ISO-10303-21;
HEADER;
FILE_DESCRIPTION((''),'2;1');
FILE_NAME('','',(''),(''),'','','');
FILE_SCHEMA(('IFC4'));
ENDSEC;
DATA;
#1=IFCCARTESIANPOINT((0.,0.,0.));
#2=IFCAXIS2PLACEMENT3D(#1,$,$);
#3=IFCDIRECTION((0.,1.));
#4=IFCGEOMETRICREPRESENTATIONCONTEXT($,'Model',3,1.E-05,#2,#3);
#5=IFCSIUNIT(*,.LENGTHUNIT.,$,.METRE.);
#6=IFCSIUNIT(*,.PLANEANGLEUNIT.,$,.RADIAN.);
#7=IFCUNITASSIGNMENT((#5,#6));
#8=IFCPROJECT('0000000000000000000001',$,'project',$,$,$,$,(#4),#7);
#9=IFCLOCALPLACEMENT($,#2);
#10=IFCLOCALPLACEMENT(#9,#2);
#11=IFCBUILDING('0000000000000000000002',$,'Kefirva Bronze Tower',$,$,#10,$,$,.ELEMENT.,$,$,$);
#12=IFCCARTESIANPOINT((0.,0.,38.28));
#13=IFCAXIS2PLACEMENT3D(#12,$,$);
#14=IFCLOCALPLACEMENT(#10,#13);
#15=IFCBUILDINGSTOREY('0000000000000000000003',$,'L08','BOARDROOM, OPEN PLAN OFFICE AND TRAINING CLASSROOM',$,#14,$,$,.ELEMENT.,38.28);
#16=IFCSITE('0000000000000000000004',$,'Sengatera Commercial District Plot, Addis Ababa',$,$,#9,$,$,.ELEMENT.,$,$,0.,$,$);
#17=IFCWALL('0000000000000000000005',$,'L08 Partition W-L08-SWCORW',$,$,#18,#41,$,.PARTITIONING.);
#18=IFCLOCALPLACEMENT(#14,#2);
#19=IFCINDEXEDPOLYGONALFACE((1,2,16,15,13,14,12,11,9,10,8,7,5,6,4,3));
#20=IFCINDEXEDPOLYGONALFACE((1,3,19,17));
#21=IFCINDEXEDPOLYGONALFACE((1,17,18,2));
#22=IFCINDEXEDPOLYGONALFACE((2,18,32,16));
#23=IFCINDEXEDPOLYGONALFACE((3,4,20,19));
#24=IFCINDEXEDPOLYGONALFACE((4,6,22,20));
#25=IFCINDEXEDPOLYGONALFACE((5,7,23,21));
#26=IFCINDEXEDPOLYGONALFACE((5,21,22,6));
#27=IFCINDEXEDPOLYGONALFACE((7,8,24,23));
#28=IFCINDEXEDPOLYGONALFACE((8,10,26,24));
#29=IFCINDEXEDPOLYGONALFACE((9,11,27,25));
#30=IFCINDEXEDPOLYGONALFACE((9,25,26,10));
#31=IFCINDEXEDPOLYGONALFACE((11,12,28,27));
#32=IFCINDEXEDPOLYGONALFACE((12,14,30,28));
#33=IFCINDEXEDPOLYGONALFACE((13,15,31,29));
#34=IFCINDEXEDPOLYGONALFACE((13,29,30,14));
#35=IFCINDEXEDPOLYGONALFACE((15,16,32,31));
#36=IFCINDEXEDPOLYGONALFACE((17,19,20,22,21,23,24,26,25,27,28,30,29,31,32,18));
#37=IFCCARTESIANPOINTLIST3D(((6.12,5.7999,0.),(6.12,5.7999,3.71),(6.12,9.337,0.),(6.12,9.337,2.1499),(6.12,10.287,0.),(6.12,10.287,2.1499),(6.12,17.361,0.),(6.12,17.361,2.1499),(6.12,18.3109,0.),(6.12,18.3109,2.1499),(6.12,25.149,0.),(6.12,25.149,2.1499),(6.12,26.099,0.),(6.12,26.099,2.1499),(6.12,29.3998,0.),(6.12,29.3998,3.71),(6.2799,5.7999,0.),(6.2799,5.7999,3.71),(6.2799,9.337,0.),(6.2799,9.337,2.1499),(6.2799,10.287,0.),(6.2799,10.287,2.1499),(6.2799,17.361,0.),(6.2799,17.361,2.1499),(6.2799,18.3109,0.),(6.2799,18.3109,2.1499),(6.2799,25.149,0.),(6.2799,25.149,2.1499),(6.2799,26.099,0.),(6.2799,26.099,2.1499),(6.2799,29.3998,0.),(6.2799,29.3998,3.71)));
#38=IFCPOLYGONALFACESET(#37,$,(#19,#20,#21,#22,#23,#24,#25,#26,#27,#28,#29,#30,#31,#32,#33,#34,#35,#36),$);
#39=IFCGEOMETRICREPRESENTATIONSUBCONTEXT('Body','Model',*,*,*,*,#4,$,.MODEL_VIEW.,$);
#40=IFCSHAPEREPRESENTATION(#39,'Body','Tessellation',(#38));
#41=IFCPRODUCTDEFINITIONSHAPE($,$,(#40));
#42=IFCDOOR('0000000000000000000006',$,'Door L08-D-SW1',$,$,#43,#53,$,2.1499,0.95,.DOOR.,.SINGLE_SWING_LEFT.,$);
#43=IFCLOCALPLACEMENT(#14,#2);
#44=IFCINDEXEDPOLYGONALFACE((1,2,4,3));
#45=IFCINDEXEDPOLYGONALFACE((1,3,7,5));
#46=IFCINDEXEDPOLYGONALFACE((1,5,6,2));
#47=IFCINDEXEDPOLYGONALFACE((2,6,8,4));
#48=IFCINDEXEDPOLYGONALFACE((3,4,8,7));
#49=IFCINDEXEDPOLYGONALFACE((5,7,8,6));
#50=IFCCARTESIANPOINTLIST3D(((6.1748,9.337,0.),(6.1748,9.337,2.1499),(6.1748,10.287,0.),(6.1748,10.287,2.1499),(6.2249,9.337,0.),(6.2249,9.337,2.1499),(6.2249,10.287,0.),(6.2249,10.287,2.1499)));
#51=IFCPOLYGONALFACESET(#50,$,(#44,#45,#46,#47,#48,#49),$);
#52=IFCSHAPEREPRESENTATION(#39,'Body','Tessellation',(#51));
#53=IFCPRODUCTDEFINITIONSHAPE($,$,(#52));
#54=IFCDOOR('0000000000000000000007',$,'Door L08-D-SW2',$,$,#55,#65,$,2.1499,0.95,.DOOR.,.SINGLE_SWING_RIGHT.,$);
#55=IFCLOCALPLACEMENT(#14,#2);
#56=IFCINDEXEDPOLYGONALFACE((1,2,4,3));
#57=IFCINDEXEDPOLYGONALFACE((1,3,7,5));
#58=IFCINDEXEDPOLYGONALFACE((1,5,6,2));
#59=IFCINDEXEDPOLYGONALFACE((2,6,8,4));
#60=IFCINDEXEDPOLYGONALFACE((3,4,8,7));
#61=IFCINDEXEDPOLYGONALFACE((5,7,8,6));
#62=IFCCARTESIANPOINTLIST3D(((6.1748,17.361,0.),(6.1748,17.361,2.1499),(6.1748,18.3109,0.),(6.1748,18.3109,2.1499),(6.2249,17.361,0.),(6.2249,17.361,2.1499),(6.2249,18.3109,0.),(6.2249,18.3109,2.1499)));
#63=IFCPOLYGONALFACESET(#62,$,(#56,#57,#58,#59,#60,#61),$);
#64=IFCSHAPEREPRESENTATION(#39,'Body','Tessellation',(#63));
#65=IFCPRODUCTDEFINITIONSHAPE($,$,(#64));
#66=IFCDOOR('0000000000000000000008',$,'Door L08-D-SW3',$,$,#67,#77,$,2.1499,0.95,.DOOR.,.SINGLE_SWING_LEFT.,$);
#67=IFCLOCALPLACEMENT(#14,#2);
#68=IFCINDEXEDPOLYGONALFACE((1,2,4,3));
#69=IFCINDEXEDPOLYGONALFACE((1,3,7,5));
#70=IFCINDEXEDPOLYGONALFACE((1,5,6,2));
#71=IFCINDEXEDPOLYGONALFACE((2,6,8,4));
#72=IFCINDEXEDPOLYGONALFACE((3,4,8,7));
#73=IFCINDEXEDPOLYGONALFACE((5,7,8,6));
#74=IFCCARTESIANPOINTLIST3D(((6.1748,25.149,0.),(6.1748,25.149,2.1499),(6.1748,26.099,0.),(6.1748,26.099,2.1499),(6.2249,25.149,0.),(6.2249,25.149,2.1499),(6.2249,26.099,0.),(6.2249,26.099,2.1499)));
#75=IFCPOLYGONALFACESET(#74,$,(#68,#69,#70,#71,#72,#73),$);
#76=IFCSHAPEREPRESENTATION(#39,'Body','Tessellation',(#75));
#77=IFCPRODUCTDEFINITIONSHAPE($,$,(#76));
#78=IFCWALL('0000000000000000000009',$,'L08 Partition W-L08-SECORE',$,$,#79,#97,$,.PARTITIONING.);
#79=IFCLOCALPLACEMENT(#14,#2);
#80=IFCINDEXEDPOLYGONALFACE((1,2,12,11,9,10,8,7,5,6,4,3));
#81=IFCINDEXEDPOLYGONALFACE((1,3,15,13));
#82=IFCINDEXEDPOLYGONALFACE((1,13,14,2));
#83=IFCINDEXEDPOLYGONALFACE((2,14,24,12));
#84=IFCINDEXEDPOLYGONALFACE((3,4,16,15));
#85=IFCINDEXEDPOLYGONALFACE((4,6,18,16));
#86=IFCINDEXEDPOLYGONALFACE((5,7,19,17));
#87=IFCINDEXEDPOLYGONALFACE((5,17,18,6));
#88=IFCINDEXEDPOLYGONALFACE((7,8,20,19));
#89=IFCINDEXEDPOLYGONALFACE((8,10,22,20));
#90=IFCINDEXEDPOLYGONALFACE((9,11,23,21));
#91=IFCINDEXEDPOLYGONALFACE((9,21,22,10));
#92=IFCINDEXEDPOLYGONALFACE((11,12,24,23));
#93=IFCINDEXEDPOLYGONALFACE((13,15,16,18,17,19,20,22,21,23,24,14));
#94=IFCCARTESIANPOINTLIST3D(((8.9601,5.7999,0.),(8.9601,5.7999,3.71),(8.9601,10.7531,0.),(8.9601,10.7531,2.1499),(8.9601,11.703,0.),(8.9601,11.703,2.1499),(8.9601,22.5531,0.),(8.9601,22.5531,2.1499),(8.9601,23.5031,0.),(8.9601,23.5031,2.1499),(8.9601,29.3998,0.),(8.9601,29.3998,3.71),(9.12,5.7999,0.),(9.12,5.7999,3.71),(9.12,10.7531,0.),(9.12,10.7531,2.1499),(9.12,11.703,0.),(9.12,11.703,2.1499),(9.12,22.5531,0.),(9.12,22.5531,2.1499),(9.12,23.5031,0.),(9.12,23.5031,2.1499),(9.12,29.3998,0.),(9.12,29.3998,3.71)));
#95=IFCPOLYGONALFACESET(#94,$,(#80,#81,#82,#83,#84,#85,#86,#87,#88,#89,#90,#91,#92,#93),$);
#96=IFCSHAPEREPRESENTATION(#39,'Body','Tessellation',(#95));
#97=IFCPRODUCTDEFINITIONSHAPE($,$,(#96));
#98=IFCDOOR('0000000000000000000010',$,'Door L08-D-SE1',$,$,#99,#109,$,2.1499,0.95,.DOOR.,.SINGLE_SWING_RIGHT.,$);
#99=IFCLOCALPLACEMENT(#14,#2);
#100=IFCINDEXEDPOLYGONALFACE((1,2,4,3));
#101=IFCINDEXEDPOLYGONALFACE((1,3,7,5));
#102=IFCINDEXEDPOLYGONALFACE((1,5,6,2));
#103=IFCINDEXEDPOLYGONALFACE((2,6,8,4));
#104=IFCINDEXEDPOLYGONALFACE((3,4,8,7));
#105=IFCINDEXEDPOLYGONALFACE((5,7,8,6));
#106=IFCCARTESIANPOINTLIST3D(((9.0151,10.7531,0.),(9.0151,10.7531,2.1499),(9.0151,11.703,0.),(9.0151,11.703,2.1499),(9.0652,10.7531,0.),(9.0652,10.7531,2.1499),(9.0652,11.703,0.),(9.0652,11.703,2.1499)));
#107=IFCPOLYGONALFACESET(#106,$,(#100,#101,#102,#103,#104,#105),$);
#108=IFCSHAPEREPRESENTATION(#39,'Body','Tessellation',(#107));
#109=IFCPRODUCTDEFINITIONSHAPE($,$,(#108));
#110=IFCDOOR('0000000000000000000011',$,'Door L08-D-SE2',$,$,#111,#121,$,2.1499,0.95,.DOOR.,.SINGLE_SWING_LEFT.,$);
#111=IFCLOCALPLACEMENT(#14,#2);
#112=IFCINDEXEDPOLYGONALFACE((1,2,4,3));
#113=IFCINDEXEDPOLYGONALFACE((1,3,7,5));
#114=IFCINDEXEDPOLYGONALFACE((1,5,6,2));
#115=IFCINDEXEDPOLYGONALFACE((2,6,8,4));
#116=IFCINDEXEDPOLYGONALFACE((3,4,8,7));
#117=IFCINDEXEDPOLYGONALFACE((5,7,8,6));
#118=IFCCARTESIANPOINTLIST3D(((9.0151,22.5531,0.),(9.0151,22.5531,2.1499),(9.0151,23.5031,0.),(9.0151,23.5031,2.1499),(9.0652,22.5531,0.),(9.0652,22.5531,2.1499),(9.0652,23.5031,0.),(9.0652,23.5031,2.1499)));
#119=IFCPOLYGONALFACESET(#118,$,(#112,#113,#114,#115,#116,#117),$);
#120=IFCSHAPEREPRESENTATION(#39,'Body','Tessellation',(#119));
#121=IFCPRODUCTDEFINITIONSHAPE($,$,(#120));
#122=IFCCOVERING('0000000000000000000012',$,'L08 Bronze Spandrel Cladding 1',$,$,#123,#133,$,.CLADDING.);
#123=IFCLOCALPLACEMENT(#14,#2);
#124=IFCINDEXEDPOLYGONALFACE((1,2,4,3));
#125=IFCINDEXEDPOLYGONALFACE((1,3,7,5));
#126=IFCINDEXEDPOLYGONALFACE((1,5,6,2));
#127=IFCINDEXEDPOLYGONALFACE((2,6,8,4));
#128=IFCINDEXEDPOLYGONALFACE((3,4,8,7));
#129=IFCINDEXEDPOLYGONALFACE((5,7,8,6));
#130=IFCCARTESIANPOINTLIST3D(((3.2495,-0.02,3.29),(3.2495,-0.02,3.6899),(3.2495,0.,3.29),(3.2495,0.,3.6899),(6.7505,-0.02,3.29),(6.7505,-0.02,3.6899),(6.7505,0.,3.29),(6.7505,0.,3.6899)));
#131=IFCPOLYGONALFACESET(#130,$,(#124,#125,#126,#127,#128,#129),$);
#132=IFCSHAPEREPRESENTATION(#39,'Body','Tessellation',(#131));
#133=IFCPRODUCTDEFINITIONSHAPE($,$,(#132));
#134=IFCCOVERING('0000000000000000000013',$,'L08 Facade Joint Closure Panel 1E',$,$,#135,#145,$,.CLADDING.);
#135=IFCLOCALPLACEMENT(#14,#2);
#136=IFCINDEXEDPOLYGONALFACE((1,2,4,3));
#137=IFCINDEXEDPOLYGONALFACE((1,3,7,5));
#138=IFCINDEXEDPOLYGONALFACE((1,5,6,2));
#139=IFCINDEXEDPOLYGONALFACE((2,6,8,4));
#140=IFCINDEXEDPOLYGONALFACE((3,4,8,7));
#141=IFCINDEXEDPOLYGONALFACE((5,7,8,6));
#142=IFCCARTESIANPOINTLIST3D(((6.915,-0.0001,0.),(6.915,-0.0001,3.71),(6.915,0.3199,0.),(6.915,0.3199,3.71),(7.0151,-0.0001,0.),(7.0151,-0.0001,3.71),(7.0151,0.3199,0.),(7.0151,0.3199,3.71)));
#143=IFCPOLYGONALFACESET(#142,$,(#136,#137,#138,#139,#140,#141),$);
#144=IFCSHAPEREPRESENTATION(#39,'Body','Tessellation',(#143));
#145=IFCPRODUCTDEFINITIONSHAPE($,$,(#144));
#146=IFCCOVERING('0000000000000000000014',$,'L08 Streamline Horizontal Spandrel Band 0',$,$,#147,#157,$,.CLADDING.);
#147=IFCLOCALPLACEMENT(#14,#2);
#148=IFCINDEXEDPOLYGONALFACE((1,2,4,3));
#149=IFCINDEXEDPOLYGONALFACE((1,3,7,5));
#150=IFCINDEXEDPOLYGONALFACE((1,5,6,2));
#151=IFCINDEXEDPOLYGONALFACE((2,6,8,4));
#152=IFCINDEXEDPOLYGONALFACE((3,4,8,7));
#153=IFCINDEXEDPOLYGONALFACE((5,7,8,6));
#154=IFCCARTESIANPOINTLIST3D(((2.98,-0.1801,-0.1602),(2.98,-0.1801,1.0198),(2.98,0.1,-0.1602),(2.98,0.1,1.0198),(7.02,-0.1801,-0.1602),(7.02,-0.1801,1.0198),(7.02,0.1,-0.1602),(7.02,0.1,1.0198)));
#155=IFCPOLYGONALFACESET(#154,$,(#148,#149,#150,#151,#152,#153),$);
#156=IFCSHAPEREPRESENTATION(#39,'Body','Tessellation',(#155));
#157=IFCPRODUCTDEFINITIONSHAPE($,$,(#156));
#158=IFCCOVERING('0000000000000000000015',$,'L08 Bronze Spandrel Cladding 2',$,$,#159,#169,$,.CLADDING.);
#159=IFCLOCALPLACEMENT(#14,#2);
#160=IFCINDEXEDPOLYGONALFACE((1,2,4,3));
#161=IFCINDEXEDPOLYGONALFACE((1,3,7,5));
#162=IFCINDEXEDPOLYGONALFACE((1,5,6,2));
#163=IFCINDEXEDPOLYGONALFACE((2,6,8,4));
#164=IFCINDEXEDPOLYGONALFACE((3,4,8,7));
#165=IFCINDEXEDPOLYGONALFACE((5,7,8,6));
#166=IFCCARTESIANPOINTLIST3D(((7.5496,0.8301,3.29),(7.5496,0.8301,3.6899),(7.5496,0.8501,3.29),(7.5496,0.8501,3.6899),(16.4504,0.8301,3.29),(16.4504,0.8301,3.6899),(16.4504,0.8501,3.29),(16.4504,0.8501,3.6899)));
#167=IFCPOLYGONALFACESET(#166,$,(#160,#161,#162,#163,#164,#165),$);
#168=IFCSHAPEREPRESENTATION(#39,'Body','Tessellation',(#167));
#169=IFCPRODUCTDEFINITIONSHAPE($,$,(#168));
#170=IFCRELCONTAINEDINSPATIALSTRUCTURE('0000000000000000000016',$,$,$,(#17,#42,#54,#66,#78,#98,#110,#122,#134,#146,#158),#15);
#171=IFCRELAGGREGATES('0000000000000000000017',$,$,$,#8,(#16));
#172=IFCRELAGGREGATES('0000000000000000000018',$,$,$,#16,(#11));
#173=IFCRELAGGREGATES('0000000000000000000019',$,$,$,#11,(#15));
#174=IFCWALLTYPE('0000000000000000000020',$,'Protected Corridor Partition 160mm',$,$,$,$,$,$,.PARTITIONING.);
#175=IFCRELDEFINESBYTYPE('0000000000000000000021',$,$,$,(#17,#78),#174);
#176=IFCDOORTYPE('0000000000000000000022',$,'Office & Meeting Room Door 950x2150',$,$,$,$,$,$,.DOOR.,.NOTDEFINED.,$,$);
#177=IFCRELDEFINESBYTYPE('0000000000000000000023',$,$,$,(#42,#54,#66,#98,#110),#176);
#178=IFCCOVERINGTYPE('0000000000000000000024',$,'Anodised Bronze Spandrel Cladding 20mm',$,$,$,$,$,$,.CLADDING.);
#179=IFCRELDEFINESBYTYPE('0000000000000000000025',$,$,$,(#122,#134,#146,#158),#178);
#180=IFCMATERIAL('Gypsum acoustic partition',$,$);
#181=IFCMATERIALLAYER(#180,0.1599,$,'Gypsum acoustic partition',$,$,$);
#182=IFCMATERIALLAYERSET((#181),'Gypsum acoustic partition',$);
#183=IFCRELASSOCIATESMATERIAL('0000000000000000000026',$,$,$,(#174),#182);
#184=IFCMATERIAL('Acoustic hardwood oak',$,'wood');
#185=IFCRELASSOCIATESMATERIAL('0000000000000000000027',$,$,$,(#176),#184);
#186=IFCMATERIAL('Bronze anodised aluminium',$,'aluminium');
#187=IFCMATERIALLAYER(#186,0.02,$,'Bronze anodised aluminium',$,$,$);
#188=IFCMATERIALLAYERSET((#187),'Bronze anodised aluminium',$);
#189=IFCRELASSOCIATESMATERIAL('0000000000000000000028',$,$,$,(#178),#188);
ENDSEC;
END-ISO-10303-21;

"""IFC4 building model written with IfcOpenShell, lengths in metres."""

from ifc_helpers import new_model, si_unit, direction, frame, frame_2d, origin, origin_2d, place, context, subcontext, project, spatial, rectangle, extrude, material, layer, layer_set, type_object, element, fill, save


model = new_model("IFC4")

# Units and contexts
model_context = context("Model", 3, precision=1e-05, world=origin(), true_north=direction((0.0, 1.0)))
body_context = subcontext(model_context, "Body", "Model", "MODEL_VIEW")
ifc_project = project(units=[si_unit("LENGTHUNIT", "METRE"), si_unit("PLANEANGLEUNIT", "RADIAN")], contexts=[model_context])

# Site, building, storey
site_placement = place(None, origin())
site = spatial("IfcSite", under=ifc_project, at=site_placement, Name="Sengatera Commercial District Plot, Addis Ababa", CompositionType="ELEMENT", RefElevation=0.0)
building_placement = place(site_placement, origin())
building = spatial("IfcBuilding", under=site, at=building_placement, Name="Kefirva Bronze Tower", CompositionType="ELEMENT")
storey_placement = place(building_placement, frame((0.0, 0.0, 38.28)))
storey = spatial("IfcBuildingStorey", under=building, at=storey_placement, Name="L08", Description="BOARDROOM, OPEN PLAN OFFICE AND TRAINING CLASSROOM", CompositionType="ELEMENT", Elevation=38.28)

# Shared definitions
ifc_material_1 = material(Name="Gypsum acoustic partition")

# Walls, openings, doors
ifc_layer_1 = layer(ifc_material_1, 0.1599, Name="Gypsum acoustic partition")
ifc_layer_set_1 = layer_set([ifc_layer_1], Name="Gypsum acoustic partition")
wall_type_1 = type_object("IfcWallType", Name="Protected Corridor Partition 160mm", PredefinedType="PARTITIONING", material=ifc_layer_set_1)
wall_1_placement = place(storey_placement, frame((6.2, 5.8, 0.0), z_axis=(0.0, 0.0, 1.0), x_axis=(0.0, 1.0, 0.0)))
wall_1 = element("IfcWall", 1, at=wall_1_placement, inside=storey, type_object=wall_type_1, Name="L08 Partition W-L08-SWCORW", PredefinedType="PARTITIONING", context=body_context, shape_type="SweptSolid", body=[
    extrude(rectangle(XDim=23.5999, YDim=0.1599, at=frame_2d((11.7998, 0.0))), origin(), (0.0, 0.0, 1.0), 3.71),
])
opening_1_placement = place(wall_1_placement, frame((4.4871, 0.0, 0.0), z_axis=(0.0, 0.0, 1.0), x_axis=(-1.0, 0.0, 0.0)))
opening_1 = element("IfcOpeningElement", 2, at=opening_1_placement, cuts=wall_1, PredefinedType="OPENING", context=body_context, shape_type="SweptSolid", body=[
    extrude(rectangle(XDim=0.95, YDim=2.1499, at=frame_2d((0.4751, 1.075))), frame((0.0, 0.0898, 0.0), z_axis=(0.0, -1.0, 0.0), x_axis=(1.0, 0.0, 0.0)), (0.0, 0.0, 1.0), 0.1799),
])
opening_2_placement = place(wall_1_placement, frame((12.511, 0.0, 0.0), z_axis=(0.0, 0.0, 1.0), x_axis=(-1.0, 0.0, 0.0)))
opening_2 = element("IfcOpeningElement", 3, at=opening_2_placement, cuts=wall_1, PredefinedType="OPENING", context=body_context, shape_type="SweptSolid", body=[
    extrude(rectangle(XDim=0.95, YDim=2.1499, at=frame_2d((0.4751, 1.075))), frame((0.0, 0.0898, 0.0), z_axis=(0.0, -1.0, 0.0), x_axis=(1.0, 0.0, 0.0)), (0.0, 0.0, 1.0), 0.1799),
])
opening_3_placement = place(wall_1_placement, frame((20.2991, 0.0, 0.0), z_axis=(0.0, 0.0, 1.0), x_axis=(-1.0, 0.0, 0.0)))
opening_3 = element("IfcOpeningElement", 4, at=opening_3_placement, cuts=wall_1, PredefinedType="OPENING", context=body_context, shape_type="SweptSolid", body=[
    extrude(rectangle(XDim=0.95, YDim=2.1499, at=frame_2d((0.4751, 1.075))), frame((0.0, 0.0898, 0.0), z_axis=(0.0, -1.0, 0.0), x_axis=(1.0, 0.0, 0.0)), (0.0, 0.0, 1.0), 0.1799),
])
ifc_material_2 = material(Name="Acoustic hardwood oak", Category="wood")
door_type = type_object("IfcDoorType", Name="Office & Meeting Room Door 950x2150", OperationType="NOTDEFINED", PredefinedType="DOOR", material=ifc_material_2)
door_1_placement = place(opening_1_placement, origin())
door_1 = element("IfcDoor", 5, at=door_1_placement, inside=storey, type_object=door_type, Name="Door L08-D-SW1", OperationType="SINGLE_SWING_LEFT", OverallHeight=2.1499, OverallWidth=0.95, PredefinedType="DOOR", context=body_context, shape_type="SweptSolid", body=[
    extrude(rectangle(XDim=0.95, YDim=2.1499, at=frame_2d((0.4751, 1.075))), frame((0.0, 0.0249, 0.0), z_axis=(0.0, -1.0, 0.0), x_axis=(1.0, 0.0, 0.0)), (0.0, 0.0, 1.0), 0.05),
])
fill(opening_1, door_1)
door_2_placement = place(opening_2_placement, origin())
door_2 = element("IfcDoor", 6, at=door_2_placement, inside=storey, type_object=door_type, Name="Door L08-D-SW2", OperationType="SINGLE_SWING_RIGHT", OverallHeight=2.1499, OverallWidth=0.95, PredefinedType="DOOR", context=body_context, shape_type="SweptSolid", body=[
    extrude(rectangle(XDim=0.95, YDim=2.1499, at=frame_2d((0.4751, 1.075))), frame((0.0, 0.0249, 0.0), z_axis=(0.0, -1.0, 0.0), x_axis=(1.0, 0.0, 0.0)), (0.0, 0.0, 1.0), 0.05),
])
fill(opening_2, door_2)
door_3_placement = place(opening_3_placement, origin())
door_3 = element("IfcDoor", 7, at=door_3_placement, inside=storey, type_object=door_type, Name="Door L08-D-SW3", OperationType="SINGLE_SWING_LEFT", OverallHeight=2.1499, OverallWidth=0.95, PredefinedType="DOOR", context=body_context, shape_type="SweptSolid", body=[
    extrude(rectangle(XDim=0.95, YDim=2.1499, at=frame_2d((0.4751, 1.075))), frame((0.0, 0.0249, 0.0), z_axis=(0.0, -1.0, 0.0), x_axis=(1.0, 0.0, 0.0)), (0.0, 0.0, 1.0), 0.05),
])
fill(opening_3, door_3)
wall_2_placement = place(storey_placement, frame((9.04, 5.8, 0.0), z_axis=(0.0, 0.0, 1.0), x_axis=(0.0, 1.0, 0.0)))
wall_2 = element("IfcWall", 8, at=wall_2_placement, inside=storey, type_object=wall_type_1, Name="L08 Partition W-L08-SECORE", PredefinedType="PARTITIONING", context=body_context, shape_type="SweptSolid", body=[
    extrude(rectangle(XDim=23.5999, YDim=0.1599, at=frame_2d((11.7998, 0.0))), origin(), (0.0, 0.0, 1.0), 3.71),
])
opening_4_placement = place(wall_2_placement, frame((4.9529, 0.0, 0.0)))
opening_4 = element("IfcOpeningElement", 9, at=opening_4_placement, cuts=wall_2, PredefinedType="OPENING", context=body_context, shape_type="SweptSolid", body=[
    extrude(rectangle(XDim=0.95, YDim=2.1499, at=frame_2d((0.4751, 1.075))), frame((0.0, 0.0898, 0.0), z_axis=(0.0, -1.0, 0.0), x_axis=(1.0, 0.0, 0.0)), (0.0, 0.0, 1.0), 0.1799),
])
opening_5_placement = place(wall_2_placement, frame((16.7529, 0.0, 0.0)))
opening_5 = element("IfcOpeningElement", 10, at=opening_5_placement, cuts=wall_2, PredefinedType="OPENING", context=body_context, shape_type="SweptSolid", body=[
    extrude(rectangle(XDim=0.95, YDim=2.1499, at=frame_2d((0.4751, 1.075))), frame((0.0, 0.0898, 0.0), z_axis=(0.0, -1.0, 0.0), x_axis=(1.0, 0.0, 0.0)), (0.0, 0.0, 1.0), 0.1799),
])
door_4_placement = place(opening_4_placement, origin())
door_4 = element("IfcDoor", 11, at=door_4_placement, inside=storey, type_object=door_type, Name="Door L08-D-SE1", OperationType="SINGLE_SWING_RIGHT", OverallHeight=2.1499, OverallWidth=0.95, PredefinedType="DOOR", context=body_context, shape_type="SweptSolid", body=[
    extrude(rectangle(XDim=0.95, YDim=2.1499, at=frame_2d((0.4751, 1.075))), frame((0.0, 0.0249, 0.0), z_axis=(0.0, -1.0, 0.0), x_axis=(1.0, 0.0, 0.0)), (0.0, 0.0, 1.0), 0.05),
])
fill(opening_4, door_4)
door_5_placement = place(opening_5_placement, origin())
door_5 = element("IfcDoor", 12, at=door_5_placement, inside=storey, type_object=door_type, Name="Door L08-D-SE2", OperationType="SINGLE_SWING_LEFT", OverallHeight=2.1499, OverallWidth=0.95, PredefinedType="DOOR", context=body_context, shape_type="SweptSolid", body=[
    extrude(rectangle(XDim=0.95, YDim=2.1499, at=frame_2d((0.4751, 1.075))), frame((0.0, 0.0249, 0.0), z_axis=(0.0, -1.0, 0.0), x_axis=(1.0, 0.0, 0.0)), (0.0, 0.0, 1.0), 0.05),
])
fill(opening_5, door_5)

# Coverings
ifc_material_3 = material(Name="Bronze anodised aluminium", Category="aluminium")
ifc_layer_2 = layer(ifc_material_3, 0.02, Name="Bronze anodised aluminium")
ifc_layer_set_2 = layer_set([ifc_layer_2], Name="Bronze anodised aluminium")
covering_type_1 = type_object("IfcCoveringType", Name="Anodised Bronze Spandrel Cladding 20mm", PredefinedType="CLADDING", material=ifc_layer_set_2)
covering_1_placement = place(storey_placement, frame((5.0, -0.01, 3.29), z_axis=(0.0, 0.0, 1.0), x_axis=(1.0, 0.0, 0.0)))
element("IfcCovering", 13, at=covering_1_placement, inside=storey, type_object=covering_type_1, Name="L08 Bronze Spandrel Cladding 1", PredefinedType="CLADDING", context=body_context, shape_type="SweptSolid", body=[
    extrude(rectangle(XDim=3.501, YDim=0.02, at=origin_2d()), origin(), (0.0, 0.0, 1.0), 0.3999),
])
covering_2_placement = place(storey_placement, frame((6.9651, 0.1599, 0.0), z_axis=(0.0, 0.0, 1.0), x_axis=(1.0, 0.0, 0.0)))
element("IfcCovering", 14, at=covering_2_placement, inside=storey, type_object=covering_type_1, Name="L08 Facade Joint Closure Panel 1E", PredefinedType="CLADDING", context=body_context, shape_type="SweptSolid", body=[
    extrude(rectangle(XDim=0.1001, YDim=0.3201, at=origin_2d()), origin(), (0.0, 0.0, 1.0), 3.71),
])
covering_3_placement = place(storey_placement, frame((5.0, -0.04, -0.1602), z_axis=(0.0, 0.0, 1.0), x_axis=(1.0, 0.0, 0.0)))
element("IfcCovering", 15, at=covering_3_placement, inside=storey, type_object=covering_type_1, Name="L08 Streamline Horizontal Spandrel Band 0", PredefinedType="CLADDING", context=body_context, shape_type="SweptSolid", body=[
    extrude(rectangle(XDim=4.04, YDim=0.28, at=origin_2d()), origin(), (0.0, 0.0, 1.0), 1.1799),
])
covering_4_placement = place(storey_placement, frame((12.0, 0.8401, 3.29), z_axis=(0.0, 0.0, 1.0), x_axis=(1.0, 0.0, 0.0)))
element("IfcCovering", 16, at=covering_4_placement, inside=storey, type_object=covering_type_1, Name="L08 Bronze Spandrel Cladding 2", PredefinedType="CLADDING", context=body_context, shape_type="SweptSolid", body=[
    extrude(rectangle(XDim=8.9009, YDim=0.02, at=origin_2d()), origin(), (0.0, 0.0, 1.0), 0.3999),
])

save(model, "model.ifc")
